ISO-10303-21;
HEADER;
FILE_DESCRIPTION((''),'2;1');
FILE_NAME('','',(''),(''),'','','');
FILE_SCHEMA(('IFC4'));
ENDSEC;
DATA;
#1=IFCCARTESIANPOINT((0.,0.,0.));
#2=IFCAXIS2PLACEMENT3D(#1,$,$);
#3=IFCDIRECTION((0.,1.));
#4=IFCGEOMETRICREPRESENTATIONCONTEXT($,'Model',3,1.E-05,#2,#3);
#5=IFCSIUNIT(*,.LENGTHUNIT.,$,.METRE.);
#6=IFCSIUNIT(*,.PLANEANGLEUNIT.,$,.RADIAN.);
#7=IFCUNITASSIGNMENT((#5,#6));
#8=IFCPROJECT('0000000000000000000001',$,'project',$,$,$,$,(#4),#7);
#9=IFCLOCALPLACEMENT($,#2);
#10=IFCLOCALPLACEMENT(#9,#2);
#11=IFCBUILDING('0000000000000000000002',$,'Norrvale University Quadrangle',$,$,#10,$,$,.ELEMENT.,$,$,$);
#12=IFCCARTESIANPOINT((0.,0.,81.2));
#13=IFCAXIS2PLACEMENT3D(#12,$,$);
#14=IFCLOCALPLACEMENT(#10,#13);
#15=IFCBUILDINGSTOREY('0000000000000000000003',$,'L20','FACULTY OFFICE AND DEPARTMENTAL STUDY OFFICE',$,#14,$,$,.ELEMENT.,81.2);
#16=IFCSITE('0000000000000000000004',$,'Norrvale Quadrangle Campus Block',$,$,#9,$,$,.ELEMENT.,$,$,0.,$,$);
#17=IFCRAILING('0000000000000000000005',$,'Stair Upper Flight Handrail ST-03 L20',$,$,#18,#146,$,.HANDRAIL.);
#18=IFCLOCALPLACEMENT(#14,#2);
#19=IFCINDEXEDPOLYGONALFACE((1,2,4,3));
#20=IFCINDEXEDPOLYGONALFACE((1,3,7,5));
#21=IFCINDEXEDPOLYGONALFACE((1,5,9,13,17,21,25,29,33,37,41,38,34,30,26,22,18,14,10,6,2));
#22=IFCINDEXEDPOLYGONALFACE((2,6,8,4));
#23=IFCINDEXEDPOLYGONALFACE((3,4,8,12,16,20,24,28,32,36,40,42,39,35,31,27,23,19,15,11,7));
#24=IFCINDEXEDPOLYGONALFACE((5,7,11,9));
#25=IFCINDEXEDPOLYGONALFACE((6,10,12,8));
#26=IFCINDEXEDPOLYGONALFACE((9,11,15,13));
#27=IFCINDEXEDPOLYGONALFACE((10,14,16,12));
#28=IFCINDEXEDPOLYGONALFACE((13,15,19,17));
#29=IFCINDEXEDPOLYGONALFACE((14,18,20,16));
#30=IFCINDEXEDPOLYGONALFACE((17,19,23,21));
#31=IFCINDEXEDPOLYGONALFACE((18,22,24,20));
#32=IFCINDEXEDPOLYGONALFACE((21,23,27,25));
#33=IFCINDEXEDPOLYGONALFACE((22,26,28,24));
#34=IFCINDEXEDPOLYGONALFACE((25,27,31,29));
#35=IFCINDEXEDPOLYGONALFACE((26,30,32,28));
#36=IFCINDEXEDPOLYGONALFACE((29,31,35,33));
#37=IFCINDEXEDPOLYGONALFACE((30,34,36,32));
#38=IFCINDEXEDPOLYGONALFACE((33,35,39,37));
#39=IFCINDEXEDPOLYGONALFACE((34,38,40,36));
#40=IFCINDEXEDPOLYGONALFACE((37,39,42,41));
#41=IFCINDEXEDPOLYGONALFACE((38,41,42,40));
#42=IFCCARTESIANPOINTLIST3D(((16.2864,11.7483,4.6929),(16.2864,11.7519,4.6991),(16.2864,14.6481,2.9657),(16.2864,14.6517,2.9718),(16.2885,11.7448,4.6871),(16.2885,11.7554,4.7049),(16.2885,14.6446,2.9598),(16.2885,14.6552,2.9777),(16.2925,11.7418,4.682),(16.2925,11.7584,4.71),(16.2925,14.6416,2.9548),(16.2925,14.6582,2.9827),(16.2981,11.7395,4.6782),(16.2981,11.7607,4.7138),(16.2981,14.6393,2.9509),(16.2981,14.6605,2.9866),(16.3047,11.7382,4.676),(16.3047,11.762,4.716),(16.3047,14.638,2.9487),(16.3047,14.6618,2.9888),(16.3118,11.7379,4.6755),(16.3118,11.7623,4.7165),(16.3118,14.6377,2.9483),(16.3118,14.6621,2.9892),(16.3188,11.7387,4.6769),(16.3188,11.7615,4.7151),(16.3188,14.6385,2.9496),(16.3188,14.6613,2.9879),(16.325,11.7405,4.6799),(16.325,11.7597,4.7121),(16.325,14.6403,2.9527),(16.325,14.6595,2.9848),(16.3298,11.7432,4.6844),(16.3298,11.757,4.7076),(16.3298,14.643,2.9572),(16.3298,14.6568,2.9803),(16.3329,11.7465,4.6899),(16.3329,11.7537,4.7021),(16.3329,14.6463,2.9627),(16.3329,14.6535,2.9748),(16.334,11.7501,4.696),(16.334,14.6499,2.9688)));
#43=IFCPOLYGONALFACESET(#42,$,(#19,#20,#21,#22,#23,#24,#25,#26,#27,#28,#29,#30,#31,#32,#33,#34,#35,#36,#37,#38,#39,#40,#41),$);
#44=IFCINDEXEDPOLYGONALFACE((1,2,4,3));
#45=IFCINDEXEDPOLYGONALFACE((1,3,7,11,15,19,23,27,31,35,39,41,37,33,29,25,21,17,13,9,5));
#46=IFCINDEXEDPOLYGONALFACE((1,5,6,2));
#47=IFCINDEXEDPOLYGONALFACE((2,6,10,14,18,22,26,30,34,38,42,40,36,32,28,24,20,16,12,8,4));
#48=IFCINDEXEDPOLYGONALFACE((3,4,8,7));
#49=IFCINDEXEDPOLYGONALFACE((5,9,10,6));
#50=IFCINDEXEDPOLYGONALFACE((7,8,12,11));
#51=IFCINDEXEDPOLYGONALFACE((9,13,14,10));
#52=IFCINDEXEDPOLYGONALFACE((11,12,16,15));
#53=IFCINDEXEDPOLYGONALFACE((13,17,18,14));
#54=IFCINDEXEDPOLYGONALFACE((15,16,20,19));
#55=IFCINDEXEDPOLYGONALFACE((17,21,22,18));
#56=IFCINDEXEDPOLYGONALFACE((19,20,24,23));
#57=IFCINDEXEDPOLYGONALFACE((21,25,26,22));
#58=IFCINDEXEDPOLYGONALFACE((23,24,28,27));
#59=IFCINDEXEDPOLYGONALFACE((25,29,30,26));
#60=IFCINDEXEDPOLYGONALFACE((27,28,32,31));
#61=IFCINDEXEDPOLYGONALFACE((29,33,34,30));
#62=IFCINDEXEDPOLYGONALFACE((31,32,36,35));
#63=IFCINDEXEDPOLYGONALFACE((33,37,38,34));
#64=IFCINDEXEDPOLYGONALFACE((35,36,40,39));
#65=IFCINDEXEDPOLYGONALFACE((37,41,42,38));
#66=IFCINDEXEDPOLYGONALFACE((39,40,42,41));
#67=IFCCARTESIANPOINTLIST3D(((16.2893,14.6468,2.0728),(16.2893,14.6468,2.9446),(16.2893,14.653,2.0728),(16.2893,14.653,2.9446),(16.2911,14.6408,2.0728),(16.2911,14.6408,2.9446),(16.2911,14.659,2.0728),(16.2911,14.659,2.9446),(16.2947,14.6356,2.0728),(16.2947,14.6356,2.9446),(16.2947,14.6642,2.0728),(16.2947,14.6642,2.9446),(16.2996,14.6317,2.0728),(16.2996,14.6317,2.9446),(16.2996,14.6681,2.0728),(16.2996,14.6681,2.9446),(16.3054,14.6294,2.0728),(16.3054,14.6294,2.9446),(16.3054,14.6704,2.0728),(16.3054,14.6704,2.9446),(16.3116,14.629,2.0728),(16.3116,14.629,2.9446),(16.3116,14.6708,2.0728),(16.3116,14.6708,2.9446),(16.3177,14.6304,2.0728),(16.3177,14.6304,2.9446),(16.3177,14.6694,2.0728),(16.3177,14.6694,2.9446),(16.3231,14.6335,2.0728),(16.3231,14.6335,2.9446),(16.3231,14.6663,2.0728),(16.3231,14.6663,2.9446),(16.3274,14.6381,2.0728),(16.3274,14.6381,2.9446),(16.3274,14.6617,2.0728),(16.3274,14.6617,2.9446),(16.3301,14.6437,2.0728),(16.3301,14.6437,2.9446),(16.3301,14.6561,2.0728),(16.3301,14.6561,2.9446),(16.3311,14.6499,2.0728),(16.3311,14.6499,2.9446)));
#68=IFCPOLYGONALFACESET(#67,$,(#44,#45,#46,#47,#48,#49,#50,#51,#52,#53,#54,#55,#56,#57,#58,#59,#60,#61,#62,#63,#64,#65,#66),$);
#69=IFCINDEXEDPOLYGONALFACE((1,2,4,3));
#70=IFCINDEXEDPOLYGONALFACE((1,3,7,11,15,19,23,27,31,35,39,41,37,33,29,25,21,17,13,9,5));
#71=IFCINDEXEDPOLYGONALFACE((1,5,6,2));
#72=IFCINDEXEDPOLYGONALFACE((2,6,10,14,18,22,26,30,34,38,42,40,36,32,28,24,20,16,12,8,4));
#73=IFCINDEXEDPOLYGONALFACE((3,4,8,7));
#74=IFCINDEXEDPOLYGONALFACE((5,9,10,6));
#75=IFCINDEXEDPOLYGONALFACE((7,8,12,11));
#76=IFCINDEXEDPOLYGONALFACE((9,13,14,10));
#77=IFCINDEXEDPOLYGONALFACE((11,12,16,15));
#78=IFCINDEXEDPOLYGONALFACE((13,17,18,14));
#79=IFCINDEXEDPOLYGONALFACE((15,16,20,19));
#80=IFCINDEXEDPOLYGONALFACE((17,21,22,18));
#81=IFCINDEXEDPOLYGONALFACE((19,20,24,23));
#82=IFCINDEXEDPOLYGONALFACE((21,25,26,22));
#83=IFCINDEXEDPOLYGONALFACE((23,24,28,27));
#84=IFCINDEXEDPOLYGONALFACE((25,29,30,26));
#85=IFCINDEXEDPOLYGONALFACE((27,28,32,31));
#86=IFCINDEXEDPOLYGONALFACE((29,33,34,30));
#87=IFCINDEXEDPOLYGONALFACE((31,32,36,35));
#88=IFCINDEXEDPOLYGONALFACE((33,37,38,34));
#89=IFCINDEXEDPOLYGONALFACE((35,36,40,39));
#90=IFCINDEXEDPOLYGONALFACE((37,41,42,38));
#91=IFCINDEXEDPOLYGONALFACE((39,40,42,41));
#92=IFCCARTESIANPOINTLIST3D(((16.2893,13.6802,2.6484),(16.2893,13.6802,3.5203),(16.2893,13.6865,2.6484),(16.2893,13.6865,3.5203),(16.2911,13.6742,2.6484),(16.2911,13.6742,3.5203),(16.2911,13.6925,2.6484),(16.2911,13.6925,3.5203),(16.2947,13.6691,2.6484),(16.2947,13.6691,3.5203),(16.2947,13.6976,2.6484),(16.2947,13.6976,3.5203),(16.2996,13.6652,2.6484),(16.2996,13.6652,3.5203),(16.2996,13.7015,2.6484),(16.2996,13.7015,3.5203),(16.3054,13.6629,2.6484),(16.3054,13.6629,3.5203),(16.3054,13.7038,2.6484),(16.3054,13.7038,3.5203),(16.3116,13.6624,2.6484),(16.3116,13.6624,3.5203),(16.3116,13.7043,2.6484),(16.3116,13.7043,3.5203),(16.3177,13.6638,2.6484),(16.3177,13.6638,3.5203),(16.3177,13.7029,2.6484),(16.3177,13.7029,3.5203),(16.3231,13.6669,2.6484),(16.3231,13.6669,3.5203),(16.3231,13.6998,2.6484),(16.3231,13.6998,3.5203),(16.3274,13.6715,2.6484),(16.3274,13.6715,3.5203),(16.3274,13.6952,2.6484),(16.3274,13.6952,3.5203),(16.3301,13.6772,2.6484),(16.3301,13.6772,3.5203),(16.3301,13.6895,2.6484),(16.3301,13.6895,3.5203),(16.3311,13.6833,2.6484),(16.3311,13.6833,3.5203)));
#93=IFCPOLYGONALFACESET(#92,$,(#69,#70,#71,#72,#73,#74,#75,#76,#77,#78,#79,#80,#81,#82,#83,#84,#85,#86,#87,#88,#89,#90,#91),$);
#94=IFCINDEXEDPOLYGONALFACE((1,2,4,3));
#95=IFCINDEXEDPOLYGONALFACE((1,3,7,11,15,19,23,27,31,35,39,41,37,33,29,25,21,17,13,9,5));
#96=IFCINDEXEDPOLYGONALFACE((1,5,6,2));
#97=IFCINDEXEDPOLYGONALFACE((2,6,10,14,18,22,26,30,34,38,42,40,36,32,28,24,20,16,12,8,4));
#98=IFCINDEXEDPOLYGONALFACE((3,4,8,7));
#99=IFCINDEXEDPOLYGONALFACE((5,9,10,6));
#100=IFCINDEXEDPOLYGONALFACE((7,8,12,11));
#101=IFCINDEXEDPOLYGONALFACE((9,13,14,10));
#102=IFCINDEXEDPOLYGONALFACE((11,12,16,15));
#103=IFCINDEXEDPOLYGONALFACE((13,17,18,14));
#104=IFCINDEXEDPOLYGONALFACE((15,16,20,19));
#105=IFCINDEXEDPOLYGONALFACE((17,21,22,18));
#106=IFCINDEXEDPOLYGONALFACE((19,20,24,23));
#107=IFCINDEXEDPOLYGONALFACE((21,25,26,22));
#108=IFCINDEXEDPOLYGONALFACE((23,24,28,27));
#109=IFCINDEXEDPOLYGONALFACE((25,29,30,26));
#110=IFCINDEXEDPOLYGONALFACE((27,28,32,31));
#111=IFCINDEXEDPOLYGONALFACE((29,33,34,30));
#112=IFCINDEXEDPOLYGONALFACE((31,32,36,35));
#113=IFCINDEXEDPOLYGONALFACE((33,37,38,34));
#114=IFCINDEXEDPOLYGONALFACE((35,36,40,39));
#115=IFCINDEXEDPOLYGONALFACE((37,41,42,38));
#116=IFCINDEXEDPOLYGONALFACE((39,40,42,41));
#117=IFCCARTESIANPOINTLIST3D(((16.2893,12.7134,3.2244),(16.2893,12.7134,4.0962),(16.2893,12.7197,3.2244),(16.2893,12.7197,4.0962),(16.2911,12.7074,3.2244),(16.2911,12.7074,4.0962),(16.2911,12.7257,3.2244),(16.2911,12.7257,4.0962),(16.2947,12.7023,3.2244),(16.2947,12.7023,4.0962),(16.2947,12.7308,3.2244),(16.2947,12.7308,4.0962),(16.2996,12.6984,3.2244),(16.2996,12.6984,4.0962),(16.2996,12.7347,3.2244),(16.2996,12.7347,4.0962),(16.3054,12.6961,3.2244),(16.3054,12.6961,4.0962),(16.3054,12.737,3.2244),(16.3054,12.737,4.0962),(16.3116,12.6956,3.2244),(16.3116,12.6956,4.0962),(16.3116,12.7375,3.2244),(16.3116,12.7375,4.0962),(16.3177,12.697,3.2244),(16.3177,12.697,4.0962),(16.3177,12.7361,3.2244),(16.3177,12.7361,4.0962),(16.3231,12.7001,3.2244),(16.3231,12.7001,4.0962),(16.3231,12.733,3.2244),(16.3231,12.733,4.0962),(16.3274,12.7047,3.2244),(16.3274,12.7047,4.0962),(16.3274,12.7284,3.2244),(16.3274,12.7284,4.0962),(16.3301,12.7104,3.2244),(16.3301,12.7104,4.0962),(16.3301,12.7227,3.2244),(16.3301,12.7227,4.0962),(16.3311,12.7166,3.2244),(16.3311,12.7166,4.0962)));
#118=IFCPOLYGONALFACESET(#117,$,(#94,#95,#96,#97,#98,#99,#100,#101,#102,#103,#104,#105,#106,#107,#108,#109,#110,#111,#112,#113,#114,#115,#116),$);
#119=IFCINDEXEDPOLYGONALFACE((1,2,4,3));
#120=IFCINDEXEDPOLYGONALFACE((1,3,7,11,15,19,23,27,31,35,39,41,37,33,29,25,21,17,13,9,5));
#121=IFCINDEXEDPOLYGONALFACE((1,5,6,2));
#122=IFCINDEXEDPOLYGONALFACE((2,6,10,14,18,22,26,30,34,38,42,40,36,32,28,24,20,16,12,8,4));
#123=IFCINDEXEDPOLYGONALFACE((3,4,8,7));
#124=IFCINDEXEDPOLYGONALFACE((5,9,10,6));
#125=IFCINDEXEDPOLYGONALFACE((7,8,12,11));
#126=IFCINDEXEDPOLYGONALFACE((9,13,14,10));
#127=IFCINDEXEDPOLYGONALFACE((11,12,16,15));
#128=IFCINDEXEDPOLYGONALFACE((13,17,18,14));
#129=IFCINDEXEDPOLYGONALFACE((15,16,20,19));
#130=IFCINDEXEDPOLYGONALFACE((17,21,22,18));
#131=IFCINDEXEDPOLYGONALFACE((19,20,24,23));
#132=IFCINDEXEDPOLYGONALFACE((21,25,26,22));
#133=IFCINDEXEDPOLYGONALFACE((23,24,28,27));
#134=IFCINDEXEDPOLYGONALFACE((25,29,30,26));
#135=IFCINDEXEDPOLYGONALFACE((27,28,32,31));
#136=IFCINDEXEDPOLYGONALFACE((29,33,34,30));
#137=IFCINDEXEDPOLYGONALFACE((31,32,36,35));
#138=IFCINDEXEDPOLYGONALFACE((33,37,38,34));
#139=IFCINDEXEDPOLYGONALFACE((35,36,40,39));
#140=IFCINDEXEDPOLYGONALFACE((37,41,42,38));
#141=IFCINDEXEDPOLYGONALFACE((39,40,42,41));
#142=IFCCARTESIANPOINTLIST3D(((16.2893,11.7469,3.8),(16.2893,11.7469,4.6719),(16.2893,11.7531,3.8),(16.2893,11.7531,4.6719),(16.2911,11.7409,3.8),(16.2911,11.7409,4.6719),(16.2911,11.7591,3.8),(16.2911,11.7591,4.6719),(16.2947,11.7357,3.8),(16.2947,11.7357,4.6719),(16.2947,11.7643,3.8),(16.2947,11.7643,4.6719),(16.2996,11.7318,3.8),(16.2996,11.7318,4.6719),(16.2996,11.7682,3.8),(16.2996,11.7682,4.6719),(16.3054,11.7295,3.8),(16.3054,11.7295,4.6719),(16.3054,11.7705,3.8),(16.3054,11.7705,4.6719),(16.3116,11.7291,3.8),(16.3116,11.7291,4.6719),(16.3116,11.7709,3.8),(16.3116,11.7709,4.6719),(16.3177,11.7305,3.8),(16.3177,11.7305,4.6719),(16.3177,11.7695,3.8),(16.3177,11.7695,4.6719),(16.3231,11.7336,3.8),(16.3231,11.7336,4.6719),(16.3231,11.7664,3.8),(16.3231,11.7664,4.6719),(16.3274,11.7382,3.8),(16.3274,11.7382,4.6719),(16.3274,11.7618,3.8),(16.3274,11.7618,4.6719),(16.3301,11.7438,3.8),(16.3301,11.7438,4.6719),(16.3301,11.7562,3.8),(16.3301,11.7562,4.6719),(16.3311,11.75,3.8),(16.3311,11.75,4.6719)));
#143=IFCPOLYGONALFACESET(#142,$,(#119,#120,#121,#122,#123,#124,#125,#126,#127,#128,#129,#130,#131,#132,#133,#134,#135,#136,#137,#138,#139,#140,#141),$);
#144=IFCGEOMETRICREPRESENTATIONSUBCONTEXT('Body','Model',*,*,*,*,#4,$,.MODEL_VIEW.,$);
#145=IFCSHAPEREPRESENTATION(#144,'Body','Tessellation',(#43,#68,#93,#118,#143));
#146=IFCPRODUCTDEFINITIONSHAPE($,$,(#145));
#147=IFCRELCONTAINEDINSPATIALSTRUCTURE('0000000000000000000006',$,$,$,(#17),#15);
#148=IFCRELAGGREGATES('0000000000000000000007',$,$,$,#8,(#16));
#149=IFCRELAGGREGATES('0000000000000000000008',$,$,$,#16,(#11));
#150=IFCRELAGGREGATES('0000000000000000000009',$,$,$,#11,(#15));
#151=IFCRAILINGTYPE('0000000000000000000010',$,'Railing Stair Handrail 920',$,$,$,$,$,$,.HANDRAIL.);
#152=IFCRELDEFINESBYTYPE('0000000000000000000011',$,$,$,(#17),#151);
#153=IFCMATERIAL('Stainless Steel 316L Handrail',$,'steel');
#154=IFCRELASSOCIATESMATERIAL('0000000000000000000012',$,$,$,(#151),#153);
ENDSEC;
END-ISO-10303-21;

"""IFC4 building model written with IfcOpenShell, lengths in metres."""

from ifc_helpers import new_model, si_unit, direction, frame, origin, origin_2d, place, context, subcontext, project, spatial, circle, extrude, material, type_object, element, save


model = new_model("IFC4")

# Units and contexts
model_context = context("Model", 3, precision=1e-05, world=origin(), true_north=direction((0.0, 1.0)))
body_context = subcontext(model_context, "Body", "Model", "MODEL_VIEW")
ifc_project = project(units=[si_unit("LENGTHUNIT", "METRE"), si_unit("PLANEANGLEUNIT", "RADIAN")], contexts=[model_context])

# Site, building, storey
site_placement = place(None, origin())
site = spatial("IfcSite", under=ifc_project, at=site_placement, Name="Norrvale Quadrangle Campus Block", CompositionType="ELEMENT", RefElevation=0.0)
building_placement = place(site_placement, origin())
building = spatial("IfcBuilding", under=site, at=building_placement, Name="Norrvale University Quadrangle", CompositionType="ELEMENT")
storey_placement = place(building_placement, frame((0.0, 0.0, 81.2)))
storey = spatial("IfcBuildingStorey", under=building, at=storey_placement, Name="L20", Description="FACULTY OFFICE AND DEPARTMENTAL STUDY OFFICE", CompositionType="ELEMENT", Elevation=81.2)

# Railing
ifc_material_1 = material(Name="Stainless Steel 316L Handrail", Category="steel")
railing_type_1 = type_object("IfcRailingType", Name="Railing Stair Handrail 920", PredefinedType="HANDRAIL", material=ifc_material_1)
railing_1_placement = place(storey_placement, frame((16.3101, 14.6499, 2.0728)))
element("IfcRailing", 1, at=railing_1_placement, inside=storey, type_object=railing_type_1, Name="Stair Upper Flight Handrail ST-03 L20", PredefinedType="HANDRAIL", context=body_context, shape_type="SweptSolid", body=[
    extrude(circle(Radius=0.0239, at=origin_2d()), frame((0.0, 0.0, 0.896), z_axis=(0.0, -0.859141, 0.511738), x_axis=(1.0, 0.0, 0.0)), (0.0, 0.0, 1.0), 3.3752),
    extrude(circle(Radius=0.021, at=origin_2d()), origin(), (0.0, 0.0, 1.0), 0.8718),
    extrude(circle(Radius=0.021, at=origin_2d()), frame((0.0, -0.9666, 0.5757)), (0.0, 0.0, 1.0), 0.8718),
    extrude(circle(Radius=0.021, at=origin_2d()), frame((0.0, -1.9333, 1.1516)), (0.0, 0.0, 1.0), 0.8718),
    extrude(circle(Radius=0.021, at=origin_2d()), frame((0.0, -2.8999, 1.7273)), (0.0, 0.0, 1.0), 0.8718),
])

save(model, "model.ifc")
